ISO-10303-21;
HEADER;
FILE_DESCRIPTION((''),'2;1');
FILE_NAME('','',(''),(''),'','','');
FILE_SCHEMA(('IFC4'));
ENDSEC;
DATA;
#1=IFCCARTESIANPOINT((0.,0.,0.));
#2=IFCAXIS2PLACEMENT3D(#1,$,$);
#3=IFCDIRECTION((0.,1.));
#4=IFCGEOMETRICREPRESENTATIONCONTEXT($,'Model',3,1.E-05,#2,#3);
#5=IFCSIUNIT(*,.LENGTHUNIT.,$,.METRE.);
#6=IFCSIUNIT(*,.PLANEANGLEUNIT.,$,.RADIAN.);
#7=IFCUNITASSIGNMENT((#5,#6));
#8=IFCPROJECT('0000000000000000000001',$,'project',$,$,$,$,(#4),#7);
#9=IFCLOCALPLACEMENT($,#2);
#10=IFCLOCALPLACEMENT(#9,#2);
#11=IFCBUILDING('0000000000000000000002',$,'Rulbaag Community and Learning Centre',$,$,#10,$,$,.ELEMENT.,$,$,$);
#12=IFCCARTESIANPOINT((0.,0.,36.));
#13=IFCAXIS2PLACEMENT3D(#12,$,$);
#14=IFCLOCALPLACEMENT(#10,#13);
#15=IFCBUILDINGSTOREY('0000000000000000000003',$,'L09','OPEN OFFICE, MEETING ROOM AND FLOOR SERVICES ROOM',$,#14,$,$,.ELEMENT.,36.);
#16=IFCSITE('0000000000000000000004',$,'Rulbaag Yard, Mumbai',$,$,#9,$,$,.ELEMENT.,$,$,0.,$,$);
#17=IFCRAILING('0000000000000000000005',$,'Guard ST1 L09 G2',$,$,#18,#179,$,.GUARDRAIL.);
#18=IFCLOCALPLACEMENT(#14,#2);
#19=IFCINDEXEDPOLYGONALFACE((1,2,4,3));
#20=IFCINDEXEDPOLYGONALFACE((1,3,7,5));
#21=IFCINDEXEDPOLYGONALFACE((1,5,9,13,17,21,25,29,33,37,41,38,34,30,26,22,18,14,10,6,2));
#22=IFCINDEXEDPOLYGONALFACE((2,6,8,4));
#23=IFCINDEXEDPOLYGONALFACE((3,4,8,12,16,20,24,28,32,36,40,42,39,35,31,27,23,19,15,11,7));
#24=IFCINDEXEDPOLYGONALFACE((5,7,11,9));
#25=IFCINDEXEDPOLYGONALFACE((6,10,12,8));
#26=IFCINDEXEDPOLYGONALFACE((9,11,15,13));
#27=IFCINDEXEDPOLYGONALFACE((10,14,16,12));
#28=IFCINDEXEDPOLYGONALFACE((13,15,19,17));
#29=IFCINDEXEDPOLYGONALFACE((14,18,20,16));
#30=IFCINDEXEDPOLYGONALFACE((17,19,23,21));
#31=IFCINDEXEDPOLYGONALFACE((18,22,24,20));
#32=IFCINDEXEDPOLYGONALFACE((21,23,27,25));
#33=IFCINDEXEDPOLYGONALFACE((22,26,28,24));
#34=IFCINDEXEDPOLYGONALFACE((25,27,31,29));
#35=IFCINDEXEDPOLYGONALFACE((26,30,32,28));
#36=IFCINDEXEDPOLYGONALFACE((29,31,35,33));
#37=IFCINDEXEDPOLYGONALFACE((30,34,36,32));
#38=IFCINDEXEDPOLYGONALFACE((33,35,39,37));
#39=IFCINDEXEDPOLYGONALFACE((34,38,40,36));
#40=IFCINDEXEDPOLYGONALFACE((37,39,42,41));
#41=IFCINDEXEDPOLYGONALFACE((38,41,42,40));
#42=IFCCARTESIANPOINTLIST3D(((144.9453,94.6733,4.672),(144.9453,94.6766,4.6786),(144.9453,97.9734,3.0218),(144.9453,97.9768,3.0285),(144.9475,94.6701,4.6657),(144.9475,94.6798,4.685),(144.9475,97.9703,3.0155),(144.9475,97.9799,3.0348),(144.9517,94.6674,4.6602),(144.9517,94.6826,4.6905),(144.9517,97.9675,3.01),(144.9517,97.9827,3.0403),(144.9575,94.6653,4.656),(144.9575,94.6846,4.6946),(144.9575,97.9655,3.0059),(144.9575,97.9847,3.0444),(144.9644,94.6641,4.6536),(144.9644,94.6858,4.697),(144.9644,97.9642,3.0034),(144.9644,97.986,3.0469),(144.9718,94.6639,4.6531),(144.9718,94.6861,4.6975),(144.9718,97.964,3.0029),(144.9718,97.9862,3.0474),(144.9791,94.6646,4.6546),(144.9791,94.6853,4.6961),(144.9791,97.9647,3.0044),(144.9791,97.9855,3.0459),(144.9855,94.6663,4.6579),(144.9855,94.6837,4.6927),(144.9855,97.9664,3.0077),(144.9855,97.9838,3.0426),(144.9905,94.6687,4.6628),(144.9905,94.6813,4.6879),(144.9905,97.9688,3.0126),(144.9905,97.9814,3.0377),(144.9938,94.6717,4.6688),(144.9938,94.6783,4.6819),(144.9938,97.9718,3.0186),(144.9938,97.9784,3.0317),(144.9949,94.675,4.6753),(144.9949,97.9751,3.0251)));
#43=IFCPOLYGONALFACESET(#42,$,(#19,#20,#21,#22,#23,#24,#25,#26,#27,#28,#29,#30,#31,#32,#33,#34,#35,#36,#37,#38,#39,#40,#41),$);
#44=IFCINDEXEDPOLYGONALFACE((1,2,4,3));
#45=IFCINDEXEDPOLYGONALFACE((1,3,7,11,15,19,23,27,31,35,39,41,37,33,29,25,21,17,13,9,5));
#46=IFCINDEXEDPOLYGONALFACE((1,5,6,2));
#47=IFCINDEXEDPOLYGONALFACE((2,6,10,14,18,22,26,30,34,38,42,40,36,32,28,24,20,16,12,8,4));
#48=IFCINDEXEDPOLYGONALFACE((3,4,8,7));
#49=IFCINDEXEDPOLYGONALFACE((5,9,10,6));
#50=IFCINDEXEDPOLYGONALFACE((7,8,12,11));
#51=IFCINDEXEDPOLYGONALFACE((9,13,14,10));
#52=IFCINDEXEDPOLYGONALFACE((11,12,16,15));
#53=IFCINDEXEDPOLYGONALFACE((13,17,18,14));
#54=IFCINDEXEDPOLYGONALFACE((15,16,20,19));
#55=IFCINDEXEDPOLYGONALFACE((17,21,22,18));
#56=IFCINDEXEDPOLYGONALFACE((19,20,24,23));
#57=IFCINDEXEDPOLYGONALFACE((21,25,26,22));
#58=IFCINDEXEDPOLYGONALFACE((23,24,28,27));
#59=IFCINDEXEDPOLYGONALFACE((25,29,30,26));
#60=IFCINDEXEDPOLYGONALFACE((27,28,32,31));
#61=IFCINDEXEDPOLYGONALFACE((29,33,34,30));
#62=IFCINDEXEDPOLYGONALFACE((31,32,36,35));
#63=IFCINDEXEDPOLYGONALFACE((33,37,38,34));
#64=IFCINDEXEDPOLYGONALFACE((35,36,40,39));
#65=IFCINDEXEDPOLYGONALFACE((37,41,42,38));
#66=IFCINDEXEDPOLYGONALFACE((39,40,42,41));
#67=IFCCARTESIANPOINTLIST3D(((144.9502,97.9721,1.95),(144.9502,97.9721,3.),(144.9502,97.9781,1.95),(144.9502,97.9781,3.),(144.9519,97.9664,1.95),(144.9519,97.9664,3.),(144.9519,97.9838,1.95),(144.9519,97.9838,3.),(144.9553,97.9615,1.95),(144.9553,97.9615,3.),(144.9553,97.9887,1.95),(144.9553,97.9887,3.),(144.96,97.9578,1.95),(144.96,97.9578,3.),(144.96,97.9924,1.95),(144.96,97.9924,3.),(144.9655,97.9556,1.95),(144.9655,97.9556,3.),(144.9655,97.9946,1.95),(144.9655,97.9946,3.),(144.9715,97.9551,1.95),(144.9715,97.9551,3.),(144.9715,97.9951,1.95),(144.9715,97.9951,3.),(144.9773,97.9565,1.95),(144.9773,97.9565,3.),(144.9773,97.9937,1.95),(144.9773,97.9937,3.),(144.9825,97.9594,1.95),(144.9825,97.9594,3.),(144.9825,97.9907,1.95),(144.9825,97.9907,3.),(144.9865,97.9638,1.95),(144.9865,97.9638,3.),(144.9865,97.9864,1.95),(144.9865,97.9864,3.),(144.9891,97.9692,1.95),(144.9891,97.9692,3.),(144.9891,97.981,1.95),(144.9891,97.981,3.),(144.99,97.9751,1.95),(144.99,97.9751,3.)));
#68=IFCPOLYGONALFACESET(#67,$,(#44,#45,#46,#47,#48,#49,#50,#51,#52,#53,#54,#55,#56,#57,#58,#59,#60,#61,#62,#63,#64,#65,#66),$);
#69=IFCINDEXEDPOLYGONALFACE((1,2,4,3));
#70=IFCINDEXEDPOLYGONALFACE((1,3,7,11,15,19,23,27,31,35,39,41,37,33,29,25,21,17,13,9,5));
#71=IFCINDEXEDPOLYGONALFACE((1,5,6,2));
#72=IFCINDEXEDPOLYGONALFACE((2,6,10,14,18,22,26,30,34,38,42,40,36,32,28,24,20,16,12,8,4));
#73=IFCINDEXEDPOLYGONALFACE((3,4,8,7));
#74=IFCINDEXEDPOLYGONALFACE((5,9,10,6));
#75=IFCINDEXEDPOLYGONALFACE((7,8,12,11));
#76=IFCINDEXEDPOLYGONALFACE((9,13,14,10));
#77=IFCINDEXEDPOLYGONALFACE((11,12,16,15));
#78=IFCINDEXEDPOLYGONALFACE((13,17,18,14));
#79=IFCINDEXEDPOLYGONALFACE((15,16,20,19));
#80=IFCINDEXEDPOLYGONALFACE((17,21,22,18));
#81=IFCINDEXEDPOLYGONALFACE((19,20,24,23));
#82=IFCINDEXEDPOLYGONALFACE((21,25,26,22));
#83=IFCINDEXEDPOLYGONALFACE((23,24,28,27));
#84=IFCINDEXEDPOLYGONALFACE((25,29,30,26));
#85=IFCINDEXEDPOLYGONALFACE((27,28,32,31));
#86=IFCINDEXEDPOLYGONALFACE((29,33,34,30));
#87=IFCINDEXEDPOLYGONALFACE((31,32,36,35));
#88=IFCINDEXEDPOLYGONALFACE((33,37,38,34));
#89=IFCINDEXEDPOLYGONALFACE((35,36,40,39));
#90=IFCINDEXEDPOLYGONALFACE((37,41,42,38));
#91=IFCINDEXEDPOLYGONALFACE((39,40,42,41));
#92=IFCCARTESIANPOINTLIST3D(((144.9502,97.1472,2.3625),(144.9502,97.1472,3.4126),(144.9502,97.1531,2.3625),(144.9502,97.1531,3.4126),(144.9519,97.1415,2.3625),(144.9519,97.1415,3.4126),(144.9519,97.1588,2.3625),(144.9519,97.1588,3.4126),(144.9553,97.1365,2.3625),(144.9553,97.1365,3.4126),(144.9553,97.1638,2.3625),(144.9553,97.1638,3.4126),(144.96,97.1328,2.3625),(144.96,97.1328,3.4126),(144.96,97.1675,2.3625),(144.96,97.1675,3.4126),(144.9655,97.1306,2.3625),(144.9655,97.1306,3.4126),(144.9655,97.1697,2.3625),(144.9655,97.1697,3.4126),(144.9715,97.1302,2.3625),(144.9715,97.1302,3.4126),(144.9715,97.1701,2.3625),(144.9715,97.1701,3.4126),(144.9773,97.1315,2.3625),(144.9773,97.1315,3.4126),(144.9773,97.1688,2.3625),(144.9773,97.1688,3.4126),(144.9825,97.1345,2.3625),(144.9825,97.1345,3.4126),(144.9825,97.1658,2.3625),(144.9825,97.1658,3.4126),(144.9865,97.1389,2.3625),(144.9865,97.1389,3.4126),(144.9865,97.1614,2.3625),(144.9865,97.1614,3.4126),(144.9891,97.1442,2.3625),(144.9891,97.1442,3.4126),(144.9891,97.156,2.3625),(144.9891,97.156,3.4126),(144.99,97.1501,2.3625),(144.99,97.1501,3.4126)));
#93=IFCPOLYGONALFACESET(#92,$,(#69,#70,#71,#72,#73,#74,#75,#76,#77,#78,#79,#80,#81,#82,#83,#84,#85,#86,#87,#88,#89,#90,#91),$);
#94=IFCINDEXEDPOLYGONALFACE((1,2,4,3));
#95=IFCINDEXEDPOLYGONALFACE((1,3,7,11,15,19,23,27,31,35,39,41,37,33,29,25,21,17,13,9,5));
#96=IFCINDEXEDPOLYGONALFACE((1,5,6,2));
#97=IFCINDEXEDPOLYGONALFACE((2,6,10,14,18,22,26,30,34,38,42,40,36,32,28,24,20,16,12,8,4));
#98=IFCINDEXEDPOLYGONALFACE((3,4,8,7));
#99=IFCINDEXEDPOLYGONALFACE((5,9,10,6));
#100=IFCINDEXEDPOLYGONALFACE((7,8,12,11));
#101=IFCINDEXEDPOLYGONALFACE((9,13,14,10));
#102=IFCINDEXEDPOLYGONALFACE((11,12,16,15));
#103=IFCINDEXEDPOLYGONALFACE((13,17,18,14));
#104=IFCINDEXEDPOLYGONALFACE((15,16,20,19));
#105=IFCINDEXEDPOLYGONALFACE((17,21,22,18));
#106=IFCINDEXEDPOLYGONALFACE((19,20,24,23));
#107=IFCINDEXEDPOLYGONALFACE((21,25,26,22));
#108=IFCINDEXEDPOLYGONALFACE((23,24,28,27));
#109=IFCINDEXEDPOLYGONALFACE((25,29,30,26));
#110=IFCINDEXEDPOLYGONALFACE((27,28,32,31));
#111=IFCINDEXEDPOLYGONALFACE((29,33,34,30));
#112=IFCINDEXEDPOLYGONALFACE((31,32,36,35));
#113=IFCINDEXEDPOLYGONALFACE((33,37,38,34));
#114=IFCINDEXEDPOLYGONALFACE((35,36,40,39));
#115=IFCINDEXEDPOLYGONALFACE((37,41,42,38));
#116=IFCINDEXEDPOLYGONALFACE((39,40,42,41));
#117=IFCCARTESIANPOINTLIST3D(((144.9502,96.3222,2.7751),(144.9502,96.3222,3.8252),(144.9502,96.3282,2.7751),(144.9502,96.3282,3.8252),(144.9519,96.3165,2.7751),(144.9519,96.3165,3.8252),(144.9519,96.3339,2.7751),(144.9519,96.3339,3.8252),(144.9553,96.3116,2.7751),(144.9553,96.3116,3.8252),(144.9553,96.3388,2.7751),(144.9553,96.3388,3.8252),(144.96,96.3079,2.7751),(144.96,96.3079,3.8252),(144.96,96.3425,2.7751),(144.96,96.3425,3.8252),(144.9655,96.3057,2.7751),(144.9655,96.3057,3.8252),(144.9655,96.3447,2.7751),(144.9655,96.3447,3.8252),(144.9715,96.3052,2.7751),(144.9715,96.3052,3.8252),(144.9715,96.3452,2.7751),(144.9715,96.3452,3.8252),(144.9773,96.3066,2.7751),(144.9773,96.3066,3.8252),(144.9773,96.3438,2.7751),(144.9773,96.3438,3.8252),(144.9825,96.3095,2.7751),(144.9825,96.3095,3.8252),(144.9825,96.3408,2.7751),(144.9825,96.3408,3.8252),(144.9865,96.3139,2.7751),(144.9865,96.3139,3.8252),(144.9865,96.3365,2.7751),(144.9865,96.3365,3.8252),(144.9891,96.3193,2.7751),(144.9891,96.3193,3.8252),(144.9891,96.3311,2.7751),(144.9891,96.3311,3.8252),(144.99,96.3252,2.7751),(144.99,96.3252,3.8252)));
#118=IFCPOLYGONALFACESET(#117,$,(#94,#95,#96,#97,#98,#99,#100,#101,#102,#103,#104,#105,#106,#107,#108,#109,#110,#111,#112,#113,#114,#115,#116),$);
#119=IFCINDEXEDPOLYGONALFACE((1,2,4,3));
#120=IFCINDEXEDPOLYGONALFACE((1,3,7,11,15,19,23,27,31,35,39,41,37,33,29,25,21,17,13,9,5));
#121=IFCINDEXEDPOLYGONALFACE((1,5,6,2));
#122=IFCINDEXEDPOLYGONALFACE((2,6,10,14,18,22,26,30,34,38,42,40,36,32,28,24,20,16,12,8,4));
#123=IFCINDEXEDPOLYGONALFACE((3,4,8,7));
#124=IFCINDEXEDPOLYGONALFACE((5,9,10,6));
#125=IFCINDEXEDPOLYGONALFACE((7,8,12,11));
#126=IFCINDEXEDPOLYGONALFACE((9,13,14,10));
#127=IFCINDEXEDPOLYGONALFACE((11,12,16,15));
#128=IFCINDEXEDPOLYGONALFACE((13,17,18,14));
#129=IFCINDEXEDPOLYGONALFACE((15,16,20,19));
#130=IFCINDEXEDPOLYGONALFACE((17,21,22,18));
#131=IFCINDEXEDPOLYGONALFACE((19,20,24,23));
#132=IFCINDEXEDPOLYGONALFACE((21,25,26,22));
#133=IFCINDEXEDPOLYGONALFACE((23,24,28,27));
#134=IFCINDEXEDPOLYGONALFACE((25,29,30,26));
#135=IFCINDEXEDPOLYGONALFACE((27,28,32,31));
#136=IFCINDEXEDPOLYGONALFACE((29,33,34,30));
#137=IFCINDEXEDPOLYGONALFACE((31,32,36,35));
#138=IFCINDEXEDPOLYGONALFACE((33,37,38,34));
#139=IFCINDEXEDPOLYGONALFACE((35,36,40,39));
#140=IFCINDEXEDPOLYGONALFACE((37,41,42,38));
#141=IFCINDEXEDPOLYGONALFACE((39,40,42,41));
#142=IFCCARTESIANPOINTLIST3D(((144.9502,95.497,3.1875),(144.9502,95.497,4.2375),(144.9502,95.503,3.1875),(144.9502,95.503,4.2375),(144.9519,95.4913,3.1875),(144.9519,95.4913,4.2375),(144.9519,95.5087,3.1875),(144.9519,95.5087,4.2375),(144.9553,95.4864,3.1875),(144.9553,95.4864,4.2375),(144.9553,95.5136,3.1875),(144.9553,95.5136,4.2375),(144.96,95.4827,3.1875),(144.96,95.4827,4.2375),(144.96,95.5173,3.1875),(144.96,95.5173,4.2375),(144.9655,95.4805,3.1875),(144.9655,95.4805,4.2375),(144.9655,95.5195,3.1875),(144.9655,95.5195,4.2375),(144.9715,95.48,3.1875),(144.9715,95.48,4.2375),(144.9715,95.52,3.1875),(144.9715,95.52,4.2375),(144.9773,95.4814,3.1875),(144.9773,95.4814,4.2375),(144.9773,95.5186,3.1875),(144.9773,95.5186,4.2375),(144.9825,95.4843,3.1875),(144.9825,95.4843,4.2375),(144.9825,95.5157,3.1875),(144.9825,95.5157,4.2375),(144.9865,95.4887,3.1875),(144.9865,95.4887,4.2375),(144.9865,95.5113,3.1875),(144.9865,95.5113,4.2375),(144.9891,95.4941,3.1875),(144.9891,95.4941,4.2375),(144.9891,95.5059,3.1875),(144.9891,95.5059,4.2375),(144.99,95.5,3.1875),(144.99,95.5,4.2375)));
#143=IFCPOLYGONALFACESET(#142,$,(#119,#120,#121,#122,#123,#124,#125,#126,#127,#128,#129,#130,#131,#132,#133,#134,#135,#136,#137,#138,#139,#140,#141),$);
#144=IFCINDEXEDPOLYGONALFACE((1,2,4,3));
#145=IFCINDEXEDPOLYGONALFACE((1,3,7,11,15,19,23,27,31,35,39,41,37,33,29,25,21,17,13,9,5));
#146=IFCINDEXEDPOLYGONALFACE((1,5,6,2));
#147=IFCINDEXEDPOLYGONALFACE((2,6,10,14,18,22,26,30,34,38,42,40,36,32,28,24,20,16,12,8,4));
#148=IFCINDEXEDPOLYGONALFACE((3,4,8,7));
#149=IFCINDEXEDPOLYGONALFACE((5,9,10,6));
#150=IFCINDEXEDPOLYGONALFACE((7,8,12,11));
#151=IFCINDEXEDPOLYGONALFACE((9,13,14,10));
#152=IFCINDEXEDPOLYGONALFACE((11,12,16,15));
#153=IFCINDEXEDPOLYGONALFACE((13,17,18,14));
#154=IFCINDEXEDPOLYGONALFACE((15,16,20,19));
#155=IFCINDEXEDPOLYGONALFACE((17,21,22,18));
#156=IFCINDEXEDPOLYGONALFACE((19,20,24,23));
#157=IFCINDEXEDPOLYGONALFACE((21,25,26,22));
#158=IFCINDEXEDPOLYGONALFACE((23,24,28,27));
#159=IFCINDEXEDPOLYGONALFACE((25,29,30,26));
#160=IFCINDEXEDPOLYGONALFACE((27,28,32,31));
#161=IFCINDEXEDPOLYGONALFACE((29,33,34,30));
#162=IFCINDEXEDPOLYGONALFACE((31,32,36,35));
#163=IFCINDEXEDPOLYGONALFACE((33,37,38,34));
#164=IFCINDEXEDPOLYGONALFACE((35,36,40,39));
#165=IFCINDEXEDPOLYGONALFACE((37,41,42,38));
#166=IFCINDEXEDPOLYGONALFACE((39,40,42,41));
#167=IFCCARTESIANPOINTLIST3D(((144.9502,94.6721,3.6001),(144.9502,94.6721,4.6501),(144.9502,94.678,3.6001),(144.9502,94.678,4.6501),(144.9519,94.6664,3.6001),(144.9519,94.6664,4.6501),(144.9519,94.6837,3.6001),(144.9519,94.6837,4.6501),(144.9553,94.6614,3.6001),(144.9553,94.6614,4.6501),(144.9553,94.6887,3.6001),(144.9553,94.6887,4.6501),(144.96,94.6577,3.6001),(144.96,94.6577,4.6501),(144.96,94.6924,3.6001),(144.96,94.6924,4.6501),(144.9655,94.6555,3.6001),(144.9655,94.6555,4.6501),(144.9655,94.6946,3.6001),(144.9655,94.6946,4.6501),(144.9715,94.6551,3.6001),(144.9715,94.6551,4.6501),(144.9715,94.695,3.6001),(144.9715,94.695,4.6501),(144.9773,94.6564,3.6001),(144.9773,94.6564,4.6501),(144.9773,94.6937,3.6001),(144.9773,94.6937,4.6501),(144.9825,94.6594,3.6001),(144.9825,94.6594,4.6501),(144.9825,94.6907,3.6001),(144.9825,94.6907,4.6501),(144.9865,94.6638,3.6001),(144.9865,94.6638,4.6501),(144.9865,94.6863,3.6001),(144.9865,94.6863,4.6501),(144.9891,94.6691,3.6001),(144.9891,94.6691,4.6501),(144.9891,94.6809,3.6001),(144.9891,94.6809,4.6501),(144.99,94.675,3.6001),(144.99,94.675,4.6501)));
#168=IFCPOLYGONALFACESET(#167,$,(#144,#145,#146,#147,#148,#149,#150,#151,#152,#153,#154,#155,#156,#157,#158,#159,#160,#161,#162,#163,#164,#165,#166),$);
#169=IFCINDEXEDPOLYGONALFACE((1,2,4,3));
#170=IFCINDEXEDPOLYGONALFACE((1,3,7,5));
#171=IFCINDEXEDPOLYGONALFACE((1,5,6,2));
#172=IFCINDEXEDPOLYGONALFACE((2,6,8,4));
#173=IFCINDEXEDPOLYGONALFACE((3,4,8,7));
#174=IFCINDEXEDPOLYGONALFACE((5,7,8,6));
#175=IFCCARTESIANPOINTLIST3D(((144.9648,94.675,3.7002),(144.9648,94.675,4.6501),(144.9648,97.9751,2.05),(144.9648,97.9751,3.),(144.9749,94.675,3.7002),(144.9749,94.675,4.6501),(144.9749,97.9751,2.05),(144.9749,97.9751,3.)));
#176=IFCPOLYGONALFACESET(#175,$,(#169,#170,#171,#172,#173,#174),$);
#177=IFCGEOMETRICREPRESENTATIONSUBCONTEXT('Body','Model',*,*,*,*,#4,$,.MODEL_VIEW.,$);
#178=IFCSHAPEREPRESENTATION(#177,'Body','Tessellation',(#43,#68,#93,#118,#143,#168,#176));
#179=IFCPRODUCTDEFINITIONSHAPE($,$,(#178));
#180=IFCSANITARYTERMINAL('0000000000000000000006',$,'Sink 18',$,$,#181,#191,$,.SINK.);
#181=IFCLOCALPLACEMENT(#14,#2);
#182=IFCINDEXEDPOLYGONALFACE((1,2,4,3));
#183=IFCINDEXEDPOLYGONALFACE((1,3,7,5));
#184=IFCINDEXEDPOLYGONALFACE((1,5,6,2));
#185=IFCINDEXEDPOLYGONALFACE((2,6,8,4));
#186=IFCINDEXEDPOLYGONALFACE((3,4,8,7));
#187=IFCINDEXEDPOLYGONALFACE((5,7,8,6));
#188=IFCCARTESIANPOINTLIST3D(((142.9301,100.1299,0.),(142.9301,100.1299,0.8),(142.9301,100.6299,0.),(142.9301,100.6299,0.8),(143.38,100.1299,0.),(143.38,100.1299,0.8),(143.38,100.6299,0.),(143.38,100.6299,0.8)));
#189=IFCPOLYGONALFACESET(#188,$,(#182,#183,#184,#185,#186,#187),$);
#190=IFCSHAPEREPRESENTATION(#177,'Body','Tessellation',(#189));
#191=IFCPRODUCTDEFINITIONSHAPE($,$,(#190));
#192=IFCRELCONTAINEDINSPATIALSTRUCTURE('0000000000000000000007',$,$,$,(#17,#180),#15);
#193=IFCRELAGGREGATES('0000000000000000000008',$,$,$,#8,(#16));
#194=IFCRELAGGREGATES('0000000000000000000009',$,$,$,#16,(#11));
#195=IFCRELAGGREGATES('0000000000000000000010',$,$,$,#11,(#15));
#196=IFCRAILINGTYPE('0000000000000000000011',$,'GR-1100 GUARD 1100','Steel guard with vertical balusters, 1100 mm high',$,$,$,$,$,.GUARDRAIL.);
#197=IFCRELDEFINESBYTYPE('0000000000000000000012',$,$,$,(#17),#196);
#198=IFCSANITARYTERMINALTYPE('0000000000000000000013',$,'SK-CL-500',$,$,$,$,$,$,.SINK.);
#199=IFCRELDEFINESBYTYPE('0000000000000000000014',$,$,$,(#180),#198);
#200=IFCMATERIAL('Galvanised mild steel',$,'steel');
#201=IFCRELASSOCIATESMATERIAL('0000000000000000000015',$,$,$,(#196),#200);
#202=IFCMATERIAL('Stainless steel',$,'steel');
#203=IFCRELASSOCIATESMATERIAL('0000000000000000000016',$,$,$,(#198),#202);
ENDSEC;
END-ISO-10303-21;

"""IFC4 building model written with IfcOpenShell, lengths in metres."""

from ifc_helpers import new_model, si_unit, direction, frame, origin, origin_2d, place, context, subcontext, project, spatial, polyline, rectangle, circle, outline, extrude, material, type_object, element, save


model = new_model("IFC4")

# Units and contexts
model_context = context("Model", 3, precision=1e-05, world=origin(), true_north=direction((0.0, 1.0)))
body_context = subcontext(model_context, "Body", "Model", "MODEL_VIEW")
ifc_project = project(units=[si_unit("LENGTHUNIT", "METRE"), si_unit("PLANEANGLEUNIT", "RADIAN")], contexts=[model_context])

# Site, building, storey
site_placement = place(None, origin())
site = spatial("IfcSite", under=ifc_project, at=site_placement, Name="Rulbaag Yard, Mumbai", CompositionType="ELEMENT", RefElevation=0.0)
building_placement = place(site_placement, origin())
building = spatial("IfcBuilding", under=site, at=building_placement, Name="Rulbaag Community and Learning Centre", CompositionType="ELEMENT")
storey_placement = place(building_placement, frame((0.0, 0.0, 36.0)))
storey = spatial("IfcBuildingStorey", under=building, at=storey_placement, Name="L09", Description="OPEN OFFICE, MEETING ROOM AND FLOOR SERVICES ROOM", CompositionType="ELEMENT", Elevation=36.0)

# Railing
ifc_material_1 = material(Name="Galvanised mild steel", Category="steel")
railing_type_1 = type_object("IfcRailingType", Name="GR-1100 GUARD 1100", Description="Steel guard with vertical balusters, 1100 mm high", PredefinedType="GUARDRAIL", material=ifc_material_1)
railing_1_placement = place(storey_placement, frame((144.97, 97.9751, 1.95)))
element("IfcRailing", 1, at=railing_1_placement, inside=storey, type_object=railing_type_1, Name="Guard ST1 L09 G2", PredefinedType="GUARDRAIL", context=body_context, shape_type="SweptSolid", body=[
    extrude(circle(Radius=0.0249, at=origin_2d()), frame((0.0, 0.0, 1.0752), z_axis=(0.0, -0.894414, 0.44724), x_axis=(1.0, 0.0, 0.0)), (0.0, 0.0, 1.0), 3.6897),
    extrude(circle(Radius=0.02, at=origin_2d()), origin(), (0.0, 0.0, 1.0), 1.05),
    extrude(circle(Radius=0.02, at=origin_2d()), frame((0.0, -0.825, 0.4126)), (0.0, 0.0, 1.0), 1.05),
    extrude(circle(Radius=0.02, at=origin_2d()), frame((0.0, -1.6499, 0.8252)), (0.0, 0.0, 1.0), 1.05),
    extrude(circle(Radius=0.02, at=origin_2d()), frame((0.0, -2.4751, 1.2375)), (0.0, 0.0, 1.0), 1.05),
    extrude(circle(Radius=0.02, at=origin_2d()), frame((0.0, -3.3, 1.6501)), (0.0, 0.0, 1.0), 1.05),
    extrude(outline(polyline([(0.0, 0.0), (3.3, 1.6501), (3.3, 2.6001), (0.0, 0.95), (0.0, 0.0)])), frame((0.0049, 0.0, 0.1001), z_axis=(-1.0, 0.0, 0.0), x_axis=(0.0, -1.0, 0.0)), (0.0, 0.0, 1.0), 0.01),
])

# Sanitary terminal
ifc_material_2 = material(Name="Stainless steel", Category="steel")
sanitary_terminal_type = type_object("IfcSanitaryTerminalType", Name="SK-CL-500", PredefinedType="SINK", material=ifc_material_2)
sanitary_terminal_placement = place(storey_placement, frame((143.155, 100.3799, 0.0), z_axis=(0.0, 0.0, 1.0), x_axis=(1.0, 0.0, 0.0)))
element("IfcSanitaryTerminal", 2, at=sanitary_terminal_placement, inside=storey, type_object=sanitary_terminal_type, Name="Sink 18", PredefinedType="SINK", context=body_context, shape_type="SweptSolid", body=[
    extrude(rectangle(XDim=0.45, YDim=0.5, at=origin_2d()), origin(), (0.0, 0.0, 1.0), 0.8),
])

save(model, "model.ifc")
